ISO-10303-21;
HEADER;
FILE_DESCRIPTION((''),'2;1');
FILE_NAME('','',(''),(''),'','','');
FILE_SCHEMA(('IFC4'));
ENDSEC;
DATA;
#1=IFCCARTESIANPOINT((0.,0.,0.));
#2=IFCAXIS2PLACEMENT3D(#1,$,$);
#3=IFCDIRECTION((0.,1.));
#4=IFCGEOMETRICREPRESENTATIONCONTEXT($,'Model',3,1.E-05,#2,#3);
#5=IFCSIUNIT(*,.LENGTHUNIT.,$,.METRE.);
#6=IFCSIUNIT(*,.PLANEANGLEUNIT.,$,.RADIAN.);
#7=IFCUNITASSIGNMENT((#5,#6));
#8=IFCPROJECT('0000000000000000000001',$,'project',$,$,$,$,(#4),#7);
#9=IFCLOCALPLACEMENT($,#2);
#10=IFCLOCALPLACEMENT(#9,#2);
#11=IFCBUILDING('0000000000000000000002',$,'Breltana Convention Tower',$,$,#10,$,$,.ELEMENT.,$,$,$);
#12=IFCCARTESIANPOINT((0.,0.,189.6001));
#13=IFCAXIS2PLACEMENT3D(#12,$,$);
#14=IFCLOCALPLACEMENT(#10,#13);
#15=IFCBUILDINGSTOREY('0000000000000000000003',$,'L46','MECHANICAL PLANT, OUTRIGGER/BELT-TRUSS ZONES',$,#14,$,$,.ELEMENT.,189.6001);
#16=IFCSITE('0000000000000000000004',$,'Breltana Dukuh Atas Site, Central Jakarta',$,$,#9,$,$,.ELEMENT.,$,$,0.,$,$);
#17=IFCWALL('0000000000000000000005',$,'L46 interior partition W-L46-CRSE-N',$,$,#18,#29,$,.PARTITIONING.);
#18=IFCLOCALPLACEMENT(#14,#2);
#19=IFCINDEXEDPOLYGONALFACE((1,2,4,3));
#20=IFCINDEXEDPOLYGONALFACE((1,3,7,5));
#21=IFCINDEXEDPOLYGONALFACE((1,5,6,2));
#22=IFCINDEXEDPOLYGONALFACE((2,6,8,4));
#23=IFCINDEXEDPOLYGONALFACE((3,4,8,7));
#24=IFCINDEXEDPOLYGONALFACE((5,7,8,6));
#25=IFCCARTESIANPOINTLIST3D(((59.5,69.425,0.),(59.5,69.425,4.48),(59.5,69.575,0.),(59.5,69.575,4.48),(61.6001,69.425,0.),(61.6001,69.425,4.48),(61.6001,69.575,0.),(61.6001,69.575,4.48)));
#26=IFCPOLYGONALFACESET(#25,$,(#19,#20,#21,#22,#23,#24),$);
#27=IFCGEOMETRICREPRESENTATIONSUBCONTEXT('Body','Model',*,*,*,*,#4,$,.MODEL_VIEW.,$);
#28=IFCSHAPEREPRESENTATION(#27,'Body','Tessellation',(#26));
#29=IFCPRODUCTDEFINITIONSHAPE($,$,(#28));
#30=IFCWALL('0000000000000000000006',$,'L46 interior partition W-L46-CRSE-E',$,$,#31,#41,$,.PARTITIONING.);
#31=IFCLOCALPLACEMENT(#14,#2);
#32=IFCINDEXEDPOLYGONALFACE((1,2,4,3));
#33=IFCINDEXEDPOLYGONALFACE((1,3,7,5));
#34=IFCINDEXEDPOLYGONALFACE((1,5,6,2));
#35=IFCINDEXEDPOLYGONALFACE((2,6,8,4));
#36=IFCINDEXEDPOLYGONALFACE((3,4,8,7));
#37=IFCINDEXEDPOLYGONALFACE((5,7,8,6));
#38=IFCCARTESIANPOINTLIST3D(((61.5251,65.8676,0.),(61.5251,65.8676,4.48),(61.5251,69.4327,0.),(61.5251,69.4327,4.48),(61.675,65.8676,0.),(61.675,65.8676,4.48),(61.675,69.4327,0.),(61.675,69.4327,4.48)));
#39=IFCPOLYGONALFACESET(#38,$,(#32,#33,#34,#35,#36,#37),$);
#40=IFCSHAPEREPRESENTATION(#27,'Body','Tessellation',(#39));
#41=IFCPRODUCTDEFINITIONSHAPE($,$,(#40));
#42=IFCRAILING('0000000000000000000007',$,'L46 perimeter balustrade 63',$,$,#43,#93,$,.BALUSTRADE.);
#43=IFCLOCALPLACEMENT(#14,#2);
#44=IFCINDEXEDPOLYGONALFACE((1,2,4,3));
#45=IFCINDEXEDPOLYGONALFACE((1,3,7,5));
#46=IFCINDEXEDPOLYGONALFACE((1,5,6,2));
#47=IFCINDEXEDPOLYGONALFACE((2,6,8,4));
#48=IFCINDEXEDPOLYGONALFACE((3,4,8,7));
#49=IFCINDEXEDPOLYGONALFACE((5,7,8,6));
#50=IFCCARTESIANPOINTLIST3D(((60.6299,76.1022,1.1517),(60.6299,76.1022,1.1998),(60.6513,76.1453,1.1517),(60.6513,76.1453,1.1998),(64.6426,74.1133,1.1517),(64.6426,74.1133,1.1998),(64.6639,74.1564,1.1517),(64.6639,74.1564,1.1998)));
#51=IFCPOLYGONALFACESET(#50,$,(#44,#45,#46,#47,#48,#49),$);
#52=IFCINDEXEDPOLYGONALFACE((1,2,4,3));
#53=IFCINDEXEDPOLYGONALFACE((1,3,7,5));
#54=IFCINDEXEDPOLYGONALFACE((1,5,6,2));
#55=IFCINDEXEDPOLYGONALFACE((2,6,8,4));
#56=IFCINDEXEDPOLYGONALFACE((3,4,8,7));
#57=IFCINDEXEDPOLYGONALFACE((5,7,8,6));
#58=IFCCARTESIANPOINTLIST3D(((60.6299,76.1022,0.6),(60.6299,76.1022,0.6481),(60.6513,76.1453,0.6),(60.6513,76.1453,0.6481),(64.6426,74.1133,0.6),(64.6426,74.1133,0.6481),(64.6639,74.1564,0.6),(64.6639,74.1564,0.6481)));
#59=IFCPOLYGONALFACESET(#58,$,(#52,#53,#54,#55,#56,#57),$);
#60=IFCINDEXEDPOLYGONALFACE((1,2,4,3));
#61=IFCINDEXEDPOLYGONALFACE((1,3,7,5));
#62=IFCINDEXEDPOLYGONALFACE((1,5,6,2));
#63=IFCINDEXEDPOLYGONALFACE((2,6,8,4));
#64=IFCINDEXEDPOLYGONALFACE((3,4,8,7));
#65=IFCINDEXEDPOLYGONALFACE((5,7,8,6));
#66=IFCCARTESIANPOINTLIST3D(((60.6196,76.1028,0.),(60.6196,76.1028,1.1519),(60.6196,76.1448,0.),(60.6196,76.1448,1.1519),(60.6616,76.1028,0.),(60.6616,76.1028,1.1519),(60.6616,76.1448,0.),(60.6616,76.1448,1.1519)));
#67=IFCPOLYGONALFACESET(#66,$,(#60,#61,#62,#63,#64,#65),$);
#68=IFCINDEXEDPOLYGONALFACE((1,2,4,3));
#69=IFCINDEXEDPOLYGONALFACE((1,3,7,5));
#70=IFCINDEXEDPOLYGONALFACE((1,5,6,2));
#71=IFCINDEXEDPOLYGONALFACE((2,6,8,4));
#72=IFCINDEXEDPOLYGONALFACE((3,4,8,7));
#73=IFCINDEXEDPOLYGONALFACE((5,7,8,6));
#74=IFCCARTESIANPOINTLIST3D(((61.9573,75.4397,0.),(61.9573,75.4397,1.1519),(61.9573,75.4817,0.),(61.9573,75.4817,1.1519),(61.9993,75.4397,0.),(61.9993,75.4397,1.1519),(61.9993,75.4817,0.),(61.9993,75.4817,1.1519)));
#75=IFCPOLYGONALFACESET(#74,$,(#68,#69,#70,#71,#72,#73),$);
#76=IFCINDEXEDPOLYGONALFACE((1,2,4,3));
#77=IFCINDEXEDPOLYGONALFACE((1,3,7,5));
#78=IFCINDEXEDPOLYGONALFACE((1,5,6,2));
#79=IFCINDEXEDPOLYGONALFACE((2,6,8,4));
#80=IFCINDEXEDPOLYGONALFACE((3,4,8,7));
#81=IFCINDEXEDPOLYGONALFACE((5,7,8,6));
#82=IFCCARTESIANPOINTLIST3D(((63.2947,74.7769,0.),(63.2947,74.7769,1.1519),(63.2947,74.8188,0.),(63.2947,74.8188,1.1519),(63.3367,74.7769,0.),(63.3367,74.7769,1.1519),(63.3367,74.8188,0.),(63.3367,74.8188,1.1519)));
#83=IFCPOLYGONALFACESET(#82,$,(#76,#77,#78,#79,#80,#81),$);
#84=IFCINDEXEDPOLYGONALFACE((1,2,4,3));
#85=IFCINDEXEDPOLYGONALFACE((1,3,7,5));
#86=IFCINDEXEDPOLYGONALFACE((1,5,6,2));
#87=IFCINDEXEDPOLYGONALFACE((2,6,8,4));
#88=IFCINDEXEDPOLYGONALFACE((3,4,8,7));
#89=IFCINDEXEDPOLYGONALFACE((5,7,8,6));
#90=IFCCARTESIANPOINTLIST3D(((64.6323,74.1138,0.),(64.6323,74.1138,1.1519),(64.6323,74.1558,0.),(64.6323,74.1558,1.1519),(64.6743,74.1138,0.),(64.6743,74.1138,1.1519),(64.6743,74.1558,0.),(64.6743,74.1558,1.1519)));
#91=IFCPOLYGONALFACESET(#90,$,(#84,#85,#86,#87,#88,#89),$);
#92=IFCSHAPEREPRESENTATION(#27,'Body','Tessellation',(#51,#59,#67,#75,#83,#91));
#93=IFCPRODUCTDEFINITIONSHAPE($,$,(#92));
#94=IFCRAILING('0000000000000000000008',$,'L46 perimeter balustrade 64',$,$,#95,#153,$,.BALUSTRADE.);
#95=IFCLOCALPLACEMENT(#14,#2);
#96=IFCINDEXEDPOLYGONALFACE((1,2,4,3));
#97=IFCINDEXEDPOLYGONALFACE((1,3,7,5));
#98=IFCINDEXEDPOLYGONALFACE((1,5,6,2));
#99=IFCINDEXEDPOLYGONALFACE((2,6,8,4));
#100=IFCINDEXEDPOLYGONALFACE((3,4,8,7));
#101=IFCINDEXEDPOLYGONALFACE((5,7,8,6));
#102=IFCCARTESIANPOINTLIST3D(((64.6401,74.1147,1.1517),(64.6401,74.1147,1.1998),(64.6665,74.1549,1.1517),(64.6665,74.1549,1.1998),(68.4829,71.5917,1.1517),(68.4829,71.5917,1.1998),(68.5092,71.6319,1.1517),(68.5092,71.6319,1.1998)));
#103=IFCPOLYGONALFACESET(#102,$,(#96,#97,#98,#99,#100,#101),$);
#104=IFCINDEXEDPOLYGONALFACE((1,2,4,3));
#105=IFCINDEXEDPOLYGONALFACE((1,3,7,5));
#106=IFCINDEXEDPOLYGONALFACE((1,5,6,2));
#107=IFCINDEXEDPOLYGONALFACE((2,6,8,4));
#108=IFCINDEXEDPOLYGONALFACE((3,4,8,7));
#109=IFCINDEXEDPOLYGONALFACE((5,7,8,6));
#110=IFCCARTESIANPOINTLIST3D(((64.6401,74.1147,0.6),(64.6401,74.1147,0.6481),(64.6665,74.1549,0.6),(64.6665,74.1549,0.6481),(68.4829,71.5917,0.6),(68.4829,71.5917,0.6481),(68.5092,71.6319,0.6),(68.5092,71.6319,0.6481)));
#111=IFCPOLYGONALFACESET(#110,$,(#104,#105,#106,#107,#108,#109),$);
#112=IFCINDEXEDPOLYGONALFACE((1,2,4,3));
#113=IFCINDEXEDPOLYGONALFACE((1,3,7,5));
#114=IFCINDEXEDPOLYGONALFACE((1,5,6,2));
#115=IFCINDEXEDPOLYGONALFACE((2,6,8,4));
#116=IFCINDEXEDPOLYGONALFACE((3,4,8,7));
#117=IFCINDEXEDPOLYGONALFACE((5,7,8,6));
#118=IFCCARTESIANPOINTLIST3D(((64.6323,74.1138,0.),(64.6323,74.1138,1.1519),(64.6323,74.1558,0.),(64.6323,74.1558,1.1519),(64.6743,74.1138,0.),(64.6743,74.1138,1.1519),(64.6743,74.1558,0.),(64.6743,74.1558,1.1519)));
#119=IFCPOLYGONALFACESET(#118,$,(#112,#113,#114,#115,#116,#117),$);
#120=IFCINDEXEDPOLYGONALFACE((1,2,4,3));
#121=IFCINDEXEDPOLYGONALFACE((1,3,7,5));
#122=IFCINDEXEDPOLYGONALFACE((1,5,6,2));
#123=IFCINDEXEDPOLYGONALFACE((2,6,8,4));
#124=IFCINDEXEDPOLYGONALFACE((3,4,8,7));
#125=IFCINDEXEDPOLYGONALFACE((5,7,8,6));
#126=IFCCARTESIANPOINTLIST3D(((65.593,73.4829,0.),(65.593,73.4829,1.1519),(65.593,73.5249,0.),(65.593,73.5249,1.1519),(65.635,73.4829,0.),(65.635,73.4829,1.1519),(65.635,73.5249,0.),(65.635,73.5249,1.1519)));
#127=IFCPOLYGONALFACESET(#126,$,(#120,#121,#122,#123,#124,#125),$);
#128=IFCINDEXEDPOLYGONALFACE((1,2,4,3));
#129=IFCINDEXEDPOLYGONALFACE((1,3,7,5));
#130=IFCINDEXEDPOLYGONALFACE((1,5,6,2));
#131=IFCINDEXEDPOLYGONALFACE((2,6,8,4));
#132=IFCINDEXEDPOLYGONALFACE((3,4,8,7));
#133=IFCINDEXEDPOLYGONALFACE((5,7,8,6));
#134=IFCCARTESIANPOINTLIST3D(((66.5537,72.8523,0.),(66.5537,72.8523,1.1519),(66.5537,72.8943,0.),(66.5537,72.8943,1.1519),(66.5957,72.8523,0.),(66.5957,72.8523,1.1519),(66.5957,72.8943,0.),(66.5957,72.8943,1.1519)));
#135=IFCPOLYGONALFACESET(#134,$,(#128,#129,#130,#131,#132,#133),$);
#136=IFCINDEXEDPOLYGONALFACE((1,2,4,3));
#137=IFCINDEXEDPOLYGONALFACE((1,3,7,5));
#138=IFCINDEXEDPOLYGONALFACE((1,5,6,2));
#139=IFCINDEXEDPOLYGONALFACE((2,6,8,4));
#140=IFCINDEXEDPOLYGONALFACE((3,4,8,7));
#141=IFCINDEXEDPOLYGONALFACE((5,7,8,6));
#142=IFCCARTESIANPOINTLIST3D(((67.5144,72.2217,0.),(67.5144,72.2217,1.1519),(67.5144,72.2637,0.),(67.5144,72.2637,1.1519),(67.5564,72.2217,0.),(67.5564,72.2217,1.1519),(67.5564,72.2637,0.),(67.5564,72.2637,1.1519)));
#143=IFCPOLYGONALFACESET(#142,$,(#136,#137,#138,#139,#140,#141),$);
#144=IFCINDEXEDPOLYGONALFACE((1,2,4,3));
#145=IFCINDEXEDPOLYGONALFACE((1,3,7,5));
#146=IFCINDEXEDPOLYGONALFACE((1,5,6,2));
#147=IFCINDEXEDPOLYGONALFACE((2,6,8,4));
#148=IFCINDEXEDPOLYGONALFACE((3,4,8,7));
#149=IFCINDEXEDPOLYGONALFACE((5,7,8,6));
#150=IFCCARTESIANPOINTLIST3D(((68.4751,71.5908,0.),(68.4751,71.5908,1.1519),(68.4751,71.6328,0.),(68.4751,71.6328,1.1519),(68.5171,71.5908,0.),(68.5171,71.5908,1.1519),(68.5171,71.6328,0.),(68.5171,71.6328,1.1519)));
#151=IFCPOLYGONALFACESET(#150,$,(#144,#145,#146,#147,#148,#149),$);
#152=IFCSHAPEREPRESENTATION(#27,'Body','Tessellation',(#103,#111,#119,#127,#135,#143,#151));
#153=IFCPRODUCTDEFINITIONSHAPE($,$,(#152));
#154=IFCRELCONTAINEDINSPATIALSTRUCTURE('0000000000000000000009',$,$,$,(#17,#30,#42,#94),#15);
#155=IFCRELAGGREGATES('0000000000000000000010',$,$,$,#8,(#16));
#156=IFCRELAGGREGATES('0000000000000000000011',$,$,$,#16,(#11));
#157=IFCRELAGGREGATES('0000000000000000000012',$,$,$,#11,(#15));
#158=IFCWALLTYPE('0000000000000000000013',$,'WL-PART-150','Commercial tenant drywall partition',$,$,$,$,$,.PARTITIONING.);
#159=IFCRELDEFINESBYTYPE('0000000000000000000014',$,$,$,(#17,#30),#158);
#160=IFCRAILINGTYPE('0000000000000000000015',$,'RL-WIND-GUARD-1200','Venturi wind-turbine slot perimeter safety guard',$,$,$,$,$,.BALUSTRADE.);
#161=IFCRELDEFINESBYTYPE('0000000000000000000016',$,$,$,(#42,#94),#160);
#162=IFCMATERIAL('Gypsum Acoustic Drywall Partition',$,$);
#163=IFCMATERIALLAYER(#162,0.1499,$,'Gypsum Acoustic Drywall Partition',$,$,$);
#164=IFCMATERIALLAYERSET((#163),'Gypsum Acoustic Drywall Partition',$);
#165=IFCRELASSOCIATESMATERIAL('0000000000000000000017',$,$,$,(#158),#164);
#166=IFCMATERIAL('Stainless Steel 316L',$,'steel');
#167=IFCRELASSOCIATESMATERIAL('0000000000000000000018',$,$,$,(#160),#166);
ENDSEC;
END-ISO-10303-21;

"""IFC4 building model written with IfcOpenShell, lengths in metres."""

from ifc_helpers import new_model, si_unit, direction, frame, frame_2d, origin, origin_2d, place, context, subcontext, project, spatial, rectangle, extrude, source, transform, mapped, material, layer, layer_set, type_object, element, save


model = new_model("IFC4")

# Units and contexts
model_context = context("Model", 3, precision=1e-05, world=origin(), true_north=direction((0.0, 1.0)))
body_context = subcontext(model_context, "Body", "Model", "MODEL_VIEW")
ifc_project = project(units=[si_unit("LENGTHUNIT", "METRE"), si_unit("PLANEANGLEUNIT", "RADIAN")], contexts=[model_context])

# Site, building, storey
site_placement = place(None, origin())
site = spatial("IfcSite", under=ifc_project, at=site_placement, Name="Breltana Dukuh Atas Site, Central Jakarta", CompositionType="ELEMENT", RefElevation=0.0)
building_placement = place(site_placement, origin())
building = spatial("IfcBuilding", under=site, at=building_placement, Name="Breltana Convention Tower", CompositionType="ELEMENT")
storey_placement = place(building_placement, frame((0.0, 0.0, 189.6001)))
storey = spatial("IfcBuildingStorey", under=building, at=storey_placement, Name="L46", Description="MECHANICAL PLANT, OUTRIGGER/BELT-TRUSS ZONES", CompositionType="ELEMENT", Elevation=189.6001)

# Walls
ifc_material_1 = material(Name="Gypsum Acoustic Drywall Partition")
ifc_layer_1 = layer(ifc_material_1, 0.1499, Name="Gypsum Acoustic Drywall Partition")
ifc_layer_set_1 = layer_set([ifc_layer_1], Name="Gypsum Acoustic Drywall Partition")
wall_type = type_object("IfcWallType", Name="WL-PART-150", Description="Commercial tenant drywall partition", PredefinedType="PARTITIONING", material=ifc_layer_set_1)
shared_shape_1 = source(origin(), body_context, "Body", "SweptSolid", [
    extrude(rectangle(XDim=2.1001, YDim=0.1499, at=frame_2d((1.05, 0.0))), origin(), (0.0, 0.0, 1.0), 4.48),
])
wall_1_placement = place(storey_placement, frame((59.5, 69.5, 0.0), z_axis=(0.0, 0.0, 1.0), x_axis=(1.0, 0.0, 0.0)))
element("IfcWall", 1, at=wall_1_placement, inside=storey, type_object=wall_type, Name="L46 interior partition W-L46-CRSE-N", PredefinedType="PARTITIONING", context=body_context, shape_type="MappedRepresentation", body=[
    mapped(shared_shape_1, transform((0.0, 0.0, 0.0), scale=1.0)),
])
shared_shape_2 = source(origin(), body_context, "Body", "SweptSolid", [
    extrude(rectangle(XDim=3.5652, YDim=0.1499, at=frame_2d((1.7827, 0.0))), origin(), (0.0, 0.0, 1.0), 4.48),
])
wall_2_placement = place(storey_placement, frame((61.6001, 65.8674, 0.0), z_axis=(0.0, 0.0, 1.0), x_axis=(0.0, 1.0, 0.0)))
element("IfcWall", 2, at=wall_2_placement, inside=storey, type_object=wall_type, Name="L46 interior partition W-L46-CRSE-E", PredefinedType="PARTITIONING", context=body_context, shape_type="MappedRepresentation", body=[
    mapped(shared_shape_2, transform((0.0, 0.0, 0.0), scale=1.0)),
])

# Railings
ifc_material_2 = material(Name="Stainless Steel 316L", Category="steel")
railing_type = type_object("IfcRailingType", Name="RL-WIND-GUARD-1200", Description="Venturi wind-turbine slot perimeter safety guard", PredefinedType="BALUSTRADE", material=ifc_material_2)
railing_1_placement = place(storey_placement, frame((60.6406, 76.1238, 0.0)))
element("IfcRailing", 3, at=railing_1_placement, inside=storey, type_object=railing_type, Name="L46 perimeter balustrade 63", PredefinedType="BALUSTRADE", context=body_context, shape_type="SweptSolid", body=[
    extrude(rectangle(XDim=0.0481, YDim=0.0481, at=origin_2d()), frame((0.0, 0.0, 1.1758), z_axis=(0.89597, -0.444115, 0.0), x_axis=(0.444115, 0.89597, 0.0)), (0.0, 0.0, 1.0), 4.4785),
    extrude(rectangle(XDim=0.0481, YDim=0.0481, at=origin_2d()), frame((0.0, 0.0, 0.624), z_axis=(0.89597, -0.444115, 0.0), x_axis=(0.444115, 0.89597, 0.0)), (0.0, 0.0, 1.0), 4.4785),
    extrude(rectangle(XDim=0.042, YDim=0.042, at=origin_2d()), origin(), (0.0, 0.0, 1.0), 1.1519),
    extrude(rectangle(XDim=0.042, YDim=0.042, at=origin_2d()), frame((1.3376, -0.6631, 0.0)), (0.0, 0.0, 1.0), 1.1519),
    extrude(rectangle(XDim=0.042, YDim=0.042, at=origin_2d()), frame((2.675, -1.3259, 0.0)), (0.0, 0.0, 1.0), 1.1519),
    extrude(rectangle(XDim=0.042, YDim=0.042, at=origin_2d()), frame((4.0127, -1.989, 0.0)), (0.0, 0.0, 1.0), 1.1519),
])
railing_2_placement = place(storey_placement, frame((64.6533, 74.1348, 0.0)))
element("IfcRailing", 4, at=railing_2_placement, inside=storey, type_object=railing_type, Name="L46 perimeter balustrade 64", PredefinedType="BALUSTRADE", context=body_context, shape_type="SweptSolid", body=[
    extrude(rectangle(XDim=0.0481, YDim=0.0481, at=origin_2d()), frame((0.0, 0.0, 1.1758), z_axis=(0.835935, -0.548828, 0.0), x_axis=(0.548828, 0.835935, 0.0)), (0.0, 0.0, 1.0), 4.5969),
    extrude(rectangle(XDim=0.0481, YDim=0.0481, at=origin_2d()), frame((0.0, 0.0, 0.624), z_axis=(0.835935, -0.548828, 0.0), x_axis=(0.548828, 0.835935, 0.0)), (0.0, 0.0, 1.0), 4.5969),
    extrude(rectangle(XDim=0.042, YDim=0.042, at=origin_2d()), origin(), (0.0, 0.0, 1.0), 1.1519),
    extrude(rectangle(XDim=0.042, YDim=0.042, at=origin_2d()), frame((0.9607, -0.6309, 0.0)), (0.0, 0.0, 1.0), 1.1519),
    extrude(rectangle(XDim=0.042, YDim=0.042, at=origin_2d()), frame((1.9214, -1.2615, 0.0)), (0.0, 0.0, 1.0), 1.1519),
    extrude(rectangle(XDim=0.042, YDim=0.042, at=origin_2d()), frame((2.8821, -1.8921, 0.0)), (0.0, 0.0, 1.0), 1.1519),
    extrude(rectangle(XDim=0.042, YDim=0.042, at=origin_2d()), frame((3.8428, -2.5229, 0.0)), (0.0, 0.0, 1.0), 1.1519),
])

save(model, "model.ifc")
